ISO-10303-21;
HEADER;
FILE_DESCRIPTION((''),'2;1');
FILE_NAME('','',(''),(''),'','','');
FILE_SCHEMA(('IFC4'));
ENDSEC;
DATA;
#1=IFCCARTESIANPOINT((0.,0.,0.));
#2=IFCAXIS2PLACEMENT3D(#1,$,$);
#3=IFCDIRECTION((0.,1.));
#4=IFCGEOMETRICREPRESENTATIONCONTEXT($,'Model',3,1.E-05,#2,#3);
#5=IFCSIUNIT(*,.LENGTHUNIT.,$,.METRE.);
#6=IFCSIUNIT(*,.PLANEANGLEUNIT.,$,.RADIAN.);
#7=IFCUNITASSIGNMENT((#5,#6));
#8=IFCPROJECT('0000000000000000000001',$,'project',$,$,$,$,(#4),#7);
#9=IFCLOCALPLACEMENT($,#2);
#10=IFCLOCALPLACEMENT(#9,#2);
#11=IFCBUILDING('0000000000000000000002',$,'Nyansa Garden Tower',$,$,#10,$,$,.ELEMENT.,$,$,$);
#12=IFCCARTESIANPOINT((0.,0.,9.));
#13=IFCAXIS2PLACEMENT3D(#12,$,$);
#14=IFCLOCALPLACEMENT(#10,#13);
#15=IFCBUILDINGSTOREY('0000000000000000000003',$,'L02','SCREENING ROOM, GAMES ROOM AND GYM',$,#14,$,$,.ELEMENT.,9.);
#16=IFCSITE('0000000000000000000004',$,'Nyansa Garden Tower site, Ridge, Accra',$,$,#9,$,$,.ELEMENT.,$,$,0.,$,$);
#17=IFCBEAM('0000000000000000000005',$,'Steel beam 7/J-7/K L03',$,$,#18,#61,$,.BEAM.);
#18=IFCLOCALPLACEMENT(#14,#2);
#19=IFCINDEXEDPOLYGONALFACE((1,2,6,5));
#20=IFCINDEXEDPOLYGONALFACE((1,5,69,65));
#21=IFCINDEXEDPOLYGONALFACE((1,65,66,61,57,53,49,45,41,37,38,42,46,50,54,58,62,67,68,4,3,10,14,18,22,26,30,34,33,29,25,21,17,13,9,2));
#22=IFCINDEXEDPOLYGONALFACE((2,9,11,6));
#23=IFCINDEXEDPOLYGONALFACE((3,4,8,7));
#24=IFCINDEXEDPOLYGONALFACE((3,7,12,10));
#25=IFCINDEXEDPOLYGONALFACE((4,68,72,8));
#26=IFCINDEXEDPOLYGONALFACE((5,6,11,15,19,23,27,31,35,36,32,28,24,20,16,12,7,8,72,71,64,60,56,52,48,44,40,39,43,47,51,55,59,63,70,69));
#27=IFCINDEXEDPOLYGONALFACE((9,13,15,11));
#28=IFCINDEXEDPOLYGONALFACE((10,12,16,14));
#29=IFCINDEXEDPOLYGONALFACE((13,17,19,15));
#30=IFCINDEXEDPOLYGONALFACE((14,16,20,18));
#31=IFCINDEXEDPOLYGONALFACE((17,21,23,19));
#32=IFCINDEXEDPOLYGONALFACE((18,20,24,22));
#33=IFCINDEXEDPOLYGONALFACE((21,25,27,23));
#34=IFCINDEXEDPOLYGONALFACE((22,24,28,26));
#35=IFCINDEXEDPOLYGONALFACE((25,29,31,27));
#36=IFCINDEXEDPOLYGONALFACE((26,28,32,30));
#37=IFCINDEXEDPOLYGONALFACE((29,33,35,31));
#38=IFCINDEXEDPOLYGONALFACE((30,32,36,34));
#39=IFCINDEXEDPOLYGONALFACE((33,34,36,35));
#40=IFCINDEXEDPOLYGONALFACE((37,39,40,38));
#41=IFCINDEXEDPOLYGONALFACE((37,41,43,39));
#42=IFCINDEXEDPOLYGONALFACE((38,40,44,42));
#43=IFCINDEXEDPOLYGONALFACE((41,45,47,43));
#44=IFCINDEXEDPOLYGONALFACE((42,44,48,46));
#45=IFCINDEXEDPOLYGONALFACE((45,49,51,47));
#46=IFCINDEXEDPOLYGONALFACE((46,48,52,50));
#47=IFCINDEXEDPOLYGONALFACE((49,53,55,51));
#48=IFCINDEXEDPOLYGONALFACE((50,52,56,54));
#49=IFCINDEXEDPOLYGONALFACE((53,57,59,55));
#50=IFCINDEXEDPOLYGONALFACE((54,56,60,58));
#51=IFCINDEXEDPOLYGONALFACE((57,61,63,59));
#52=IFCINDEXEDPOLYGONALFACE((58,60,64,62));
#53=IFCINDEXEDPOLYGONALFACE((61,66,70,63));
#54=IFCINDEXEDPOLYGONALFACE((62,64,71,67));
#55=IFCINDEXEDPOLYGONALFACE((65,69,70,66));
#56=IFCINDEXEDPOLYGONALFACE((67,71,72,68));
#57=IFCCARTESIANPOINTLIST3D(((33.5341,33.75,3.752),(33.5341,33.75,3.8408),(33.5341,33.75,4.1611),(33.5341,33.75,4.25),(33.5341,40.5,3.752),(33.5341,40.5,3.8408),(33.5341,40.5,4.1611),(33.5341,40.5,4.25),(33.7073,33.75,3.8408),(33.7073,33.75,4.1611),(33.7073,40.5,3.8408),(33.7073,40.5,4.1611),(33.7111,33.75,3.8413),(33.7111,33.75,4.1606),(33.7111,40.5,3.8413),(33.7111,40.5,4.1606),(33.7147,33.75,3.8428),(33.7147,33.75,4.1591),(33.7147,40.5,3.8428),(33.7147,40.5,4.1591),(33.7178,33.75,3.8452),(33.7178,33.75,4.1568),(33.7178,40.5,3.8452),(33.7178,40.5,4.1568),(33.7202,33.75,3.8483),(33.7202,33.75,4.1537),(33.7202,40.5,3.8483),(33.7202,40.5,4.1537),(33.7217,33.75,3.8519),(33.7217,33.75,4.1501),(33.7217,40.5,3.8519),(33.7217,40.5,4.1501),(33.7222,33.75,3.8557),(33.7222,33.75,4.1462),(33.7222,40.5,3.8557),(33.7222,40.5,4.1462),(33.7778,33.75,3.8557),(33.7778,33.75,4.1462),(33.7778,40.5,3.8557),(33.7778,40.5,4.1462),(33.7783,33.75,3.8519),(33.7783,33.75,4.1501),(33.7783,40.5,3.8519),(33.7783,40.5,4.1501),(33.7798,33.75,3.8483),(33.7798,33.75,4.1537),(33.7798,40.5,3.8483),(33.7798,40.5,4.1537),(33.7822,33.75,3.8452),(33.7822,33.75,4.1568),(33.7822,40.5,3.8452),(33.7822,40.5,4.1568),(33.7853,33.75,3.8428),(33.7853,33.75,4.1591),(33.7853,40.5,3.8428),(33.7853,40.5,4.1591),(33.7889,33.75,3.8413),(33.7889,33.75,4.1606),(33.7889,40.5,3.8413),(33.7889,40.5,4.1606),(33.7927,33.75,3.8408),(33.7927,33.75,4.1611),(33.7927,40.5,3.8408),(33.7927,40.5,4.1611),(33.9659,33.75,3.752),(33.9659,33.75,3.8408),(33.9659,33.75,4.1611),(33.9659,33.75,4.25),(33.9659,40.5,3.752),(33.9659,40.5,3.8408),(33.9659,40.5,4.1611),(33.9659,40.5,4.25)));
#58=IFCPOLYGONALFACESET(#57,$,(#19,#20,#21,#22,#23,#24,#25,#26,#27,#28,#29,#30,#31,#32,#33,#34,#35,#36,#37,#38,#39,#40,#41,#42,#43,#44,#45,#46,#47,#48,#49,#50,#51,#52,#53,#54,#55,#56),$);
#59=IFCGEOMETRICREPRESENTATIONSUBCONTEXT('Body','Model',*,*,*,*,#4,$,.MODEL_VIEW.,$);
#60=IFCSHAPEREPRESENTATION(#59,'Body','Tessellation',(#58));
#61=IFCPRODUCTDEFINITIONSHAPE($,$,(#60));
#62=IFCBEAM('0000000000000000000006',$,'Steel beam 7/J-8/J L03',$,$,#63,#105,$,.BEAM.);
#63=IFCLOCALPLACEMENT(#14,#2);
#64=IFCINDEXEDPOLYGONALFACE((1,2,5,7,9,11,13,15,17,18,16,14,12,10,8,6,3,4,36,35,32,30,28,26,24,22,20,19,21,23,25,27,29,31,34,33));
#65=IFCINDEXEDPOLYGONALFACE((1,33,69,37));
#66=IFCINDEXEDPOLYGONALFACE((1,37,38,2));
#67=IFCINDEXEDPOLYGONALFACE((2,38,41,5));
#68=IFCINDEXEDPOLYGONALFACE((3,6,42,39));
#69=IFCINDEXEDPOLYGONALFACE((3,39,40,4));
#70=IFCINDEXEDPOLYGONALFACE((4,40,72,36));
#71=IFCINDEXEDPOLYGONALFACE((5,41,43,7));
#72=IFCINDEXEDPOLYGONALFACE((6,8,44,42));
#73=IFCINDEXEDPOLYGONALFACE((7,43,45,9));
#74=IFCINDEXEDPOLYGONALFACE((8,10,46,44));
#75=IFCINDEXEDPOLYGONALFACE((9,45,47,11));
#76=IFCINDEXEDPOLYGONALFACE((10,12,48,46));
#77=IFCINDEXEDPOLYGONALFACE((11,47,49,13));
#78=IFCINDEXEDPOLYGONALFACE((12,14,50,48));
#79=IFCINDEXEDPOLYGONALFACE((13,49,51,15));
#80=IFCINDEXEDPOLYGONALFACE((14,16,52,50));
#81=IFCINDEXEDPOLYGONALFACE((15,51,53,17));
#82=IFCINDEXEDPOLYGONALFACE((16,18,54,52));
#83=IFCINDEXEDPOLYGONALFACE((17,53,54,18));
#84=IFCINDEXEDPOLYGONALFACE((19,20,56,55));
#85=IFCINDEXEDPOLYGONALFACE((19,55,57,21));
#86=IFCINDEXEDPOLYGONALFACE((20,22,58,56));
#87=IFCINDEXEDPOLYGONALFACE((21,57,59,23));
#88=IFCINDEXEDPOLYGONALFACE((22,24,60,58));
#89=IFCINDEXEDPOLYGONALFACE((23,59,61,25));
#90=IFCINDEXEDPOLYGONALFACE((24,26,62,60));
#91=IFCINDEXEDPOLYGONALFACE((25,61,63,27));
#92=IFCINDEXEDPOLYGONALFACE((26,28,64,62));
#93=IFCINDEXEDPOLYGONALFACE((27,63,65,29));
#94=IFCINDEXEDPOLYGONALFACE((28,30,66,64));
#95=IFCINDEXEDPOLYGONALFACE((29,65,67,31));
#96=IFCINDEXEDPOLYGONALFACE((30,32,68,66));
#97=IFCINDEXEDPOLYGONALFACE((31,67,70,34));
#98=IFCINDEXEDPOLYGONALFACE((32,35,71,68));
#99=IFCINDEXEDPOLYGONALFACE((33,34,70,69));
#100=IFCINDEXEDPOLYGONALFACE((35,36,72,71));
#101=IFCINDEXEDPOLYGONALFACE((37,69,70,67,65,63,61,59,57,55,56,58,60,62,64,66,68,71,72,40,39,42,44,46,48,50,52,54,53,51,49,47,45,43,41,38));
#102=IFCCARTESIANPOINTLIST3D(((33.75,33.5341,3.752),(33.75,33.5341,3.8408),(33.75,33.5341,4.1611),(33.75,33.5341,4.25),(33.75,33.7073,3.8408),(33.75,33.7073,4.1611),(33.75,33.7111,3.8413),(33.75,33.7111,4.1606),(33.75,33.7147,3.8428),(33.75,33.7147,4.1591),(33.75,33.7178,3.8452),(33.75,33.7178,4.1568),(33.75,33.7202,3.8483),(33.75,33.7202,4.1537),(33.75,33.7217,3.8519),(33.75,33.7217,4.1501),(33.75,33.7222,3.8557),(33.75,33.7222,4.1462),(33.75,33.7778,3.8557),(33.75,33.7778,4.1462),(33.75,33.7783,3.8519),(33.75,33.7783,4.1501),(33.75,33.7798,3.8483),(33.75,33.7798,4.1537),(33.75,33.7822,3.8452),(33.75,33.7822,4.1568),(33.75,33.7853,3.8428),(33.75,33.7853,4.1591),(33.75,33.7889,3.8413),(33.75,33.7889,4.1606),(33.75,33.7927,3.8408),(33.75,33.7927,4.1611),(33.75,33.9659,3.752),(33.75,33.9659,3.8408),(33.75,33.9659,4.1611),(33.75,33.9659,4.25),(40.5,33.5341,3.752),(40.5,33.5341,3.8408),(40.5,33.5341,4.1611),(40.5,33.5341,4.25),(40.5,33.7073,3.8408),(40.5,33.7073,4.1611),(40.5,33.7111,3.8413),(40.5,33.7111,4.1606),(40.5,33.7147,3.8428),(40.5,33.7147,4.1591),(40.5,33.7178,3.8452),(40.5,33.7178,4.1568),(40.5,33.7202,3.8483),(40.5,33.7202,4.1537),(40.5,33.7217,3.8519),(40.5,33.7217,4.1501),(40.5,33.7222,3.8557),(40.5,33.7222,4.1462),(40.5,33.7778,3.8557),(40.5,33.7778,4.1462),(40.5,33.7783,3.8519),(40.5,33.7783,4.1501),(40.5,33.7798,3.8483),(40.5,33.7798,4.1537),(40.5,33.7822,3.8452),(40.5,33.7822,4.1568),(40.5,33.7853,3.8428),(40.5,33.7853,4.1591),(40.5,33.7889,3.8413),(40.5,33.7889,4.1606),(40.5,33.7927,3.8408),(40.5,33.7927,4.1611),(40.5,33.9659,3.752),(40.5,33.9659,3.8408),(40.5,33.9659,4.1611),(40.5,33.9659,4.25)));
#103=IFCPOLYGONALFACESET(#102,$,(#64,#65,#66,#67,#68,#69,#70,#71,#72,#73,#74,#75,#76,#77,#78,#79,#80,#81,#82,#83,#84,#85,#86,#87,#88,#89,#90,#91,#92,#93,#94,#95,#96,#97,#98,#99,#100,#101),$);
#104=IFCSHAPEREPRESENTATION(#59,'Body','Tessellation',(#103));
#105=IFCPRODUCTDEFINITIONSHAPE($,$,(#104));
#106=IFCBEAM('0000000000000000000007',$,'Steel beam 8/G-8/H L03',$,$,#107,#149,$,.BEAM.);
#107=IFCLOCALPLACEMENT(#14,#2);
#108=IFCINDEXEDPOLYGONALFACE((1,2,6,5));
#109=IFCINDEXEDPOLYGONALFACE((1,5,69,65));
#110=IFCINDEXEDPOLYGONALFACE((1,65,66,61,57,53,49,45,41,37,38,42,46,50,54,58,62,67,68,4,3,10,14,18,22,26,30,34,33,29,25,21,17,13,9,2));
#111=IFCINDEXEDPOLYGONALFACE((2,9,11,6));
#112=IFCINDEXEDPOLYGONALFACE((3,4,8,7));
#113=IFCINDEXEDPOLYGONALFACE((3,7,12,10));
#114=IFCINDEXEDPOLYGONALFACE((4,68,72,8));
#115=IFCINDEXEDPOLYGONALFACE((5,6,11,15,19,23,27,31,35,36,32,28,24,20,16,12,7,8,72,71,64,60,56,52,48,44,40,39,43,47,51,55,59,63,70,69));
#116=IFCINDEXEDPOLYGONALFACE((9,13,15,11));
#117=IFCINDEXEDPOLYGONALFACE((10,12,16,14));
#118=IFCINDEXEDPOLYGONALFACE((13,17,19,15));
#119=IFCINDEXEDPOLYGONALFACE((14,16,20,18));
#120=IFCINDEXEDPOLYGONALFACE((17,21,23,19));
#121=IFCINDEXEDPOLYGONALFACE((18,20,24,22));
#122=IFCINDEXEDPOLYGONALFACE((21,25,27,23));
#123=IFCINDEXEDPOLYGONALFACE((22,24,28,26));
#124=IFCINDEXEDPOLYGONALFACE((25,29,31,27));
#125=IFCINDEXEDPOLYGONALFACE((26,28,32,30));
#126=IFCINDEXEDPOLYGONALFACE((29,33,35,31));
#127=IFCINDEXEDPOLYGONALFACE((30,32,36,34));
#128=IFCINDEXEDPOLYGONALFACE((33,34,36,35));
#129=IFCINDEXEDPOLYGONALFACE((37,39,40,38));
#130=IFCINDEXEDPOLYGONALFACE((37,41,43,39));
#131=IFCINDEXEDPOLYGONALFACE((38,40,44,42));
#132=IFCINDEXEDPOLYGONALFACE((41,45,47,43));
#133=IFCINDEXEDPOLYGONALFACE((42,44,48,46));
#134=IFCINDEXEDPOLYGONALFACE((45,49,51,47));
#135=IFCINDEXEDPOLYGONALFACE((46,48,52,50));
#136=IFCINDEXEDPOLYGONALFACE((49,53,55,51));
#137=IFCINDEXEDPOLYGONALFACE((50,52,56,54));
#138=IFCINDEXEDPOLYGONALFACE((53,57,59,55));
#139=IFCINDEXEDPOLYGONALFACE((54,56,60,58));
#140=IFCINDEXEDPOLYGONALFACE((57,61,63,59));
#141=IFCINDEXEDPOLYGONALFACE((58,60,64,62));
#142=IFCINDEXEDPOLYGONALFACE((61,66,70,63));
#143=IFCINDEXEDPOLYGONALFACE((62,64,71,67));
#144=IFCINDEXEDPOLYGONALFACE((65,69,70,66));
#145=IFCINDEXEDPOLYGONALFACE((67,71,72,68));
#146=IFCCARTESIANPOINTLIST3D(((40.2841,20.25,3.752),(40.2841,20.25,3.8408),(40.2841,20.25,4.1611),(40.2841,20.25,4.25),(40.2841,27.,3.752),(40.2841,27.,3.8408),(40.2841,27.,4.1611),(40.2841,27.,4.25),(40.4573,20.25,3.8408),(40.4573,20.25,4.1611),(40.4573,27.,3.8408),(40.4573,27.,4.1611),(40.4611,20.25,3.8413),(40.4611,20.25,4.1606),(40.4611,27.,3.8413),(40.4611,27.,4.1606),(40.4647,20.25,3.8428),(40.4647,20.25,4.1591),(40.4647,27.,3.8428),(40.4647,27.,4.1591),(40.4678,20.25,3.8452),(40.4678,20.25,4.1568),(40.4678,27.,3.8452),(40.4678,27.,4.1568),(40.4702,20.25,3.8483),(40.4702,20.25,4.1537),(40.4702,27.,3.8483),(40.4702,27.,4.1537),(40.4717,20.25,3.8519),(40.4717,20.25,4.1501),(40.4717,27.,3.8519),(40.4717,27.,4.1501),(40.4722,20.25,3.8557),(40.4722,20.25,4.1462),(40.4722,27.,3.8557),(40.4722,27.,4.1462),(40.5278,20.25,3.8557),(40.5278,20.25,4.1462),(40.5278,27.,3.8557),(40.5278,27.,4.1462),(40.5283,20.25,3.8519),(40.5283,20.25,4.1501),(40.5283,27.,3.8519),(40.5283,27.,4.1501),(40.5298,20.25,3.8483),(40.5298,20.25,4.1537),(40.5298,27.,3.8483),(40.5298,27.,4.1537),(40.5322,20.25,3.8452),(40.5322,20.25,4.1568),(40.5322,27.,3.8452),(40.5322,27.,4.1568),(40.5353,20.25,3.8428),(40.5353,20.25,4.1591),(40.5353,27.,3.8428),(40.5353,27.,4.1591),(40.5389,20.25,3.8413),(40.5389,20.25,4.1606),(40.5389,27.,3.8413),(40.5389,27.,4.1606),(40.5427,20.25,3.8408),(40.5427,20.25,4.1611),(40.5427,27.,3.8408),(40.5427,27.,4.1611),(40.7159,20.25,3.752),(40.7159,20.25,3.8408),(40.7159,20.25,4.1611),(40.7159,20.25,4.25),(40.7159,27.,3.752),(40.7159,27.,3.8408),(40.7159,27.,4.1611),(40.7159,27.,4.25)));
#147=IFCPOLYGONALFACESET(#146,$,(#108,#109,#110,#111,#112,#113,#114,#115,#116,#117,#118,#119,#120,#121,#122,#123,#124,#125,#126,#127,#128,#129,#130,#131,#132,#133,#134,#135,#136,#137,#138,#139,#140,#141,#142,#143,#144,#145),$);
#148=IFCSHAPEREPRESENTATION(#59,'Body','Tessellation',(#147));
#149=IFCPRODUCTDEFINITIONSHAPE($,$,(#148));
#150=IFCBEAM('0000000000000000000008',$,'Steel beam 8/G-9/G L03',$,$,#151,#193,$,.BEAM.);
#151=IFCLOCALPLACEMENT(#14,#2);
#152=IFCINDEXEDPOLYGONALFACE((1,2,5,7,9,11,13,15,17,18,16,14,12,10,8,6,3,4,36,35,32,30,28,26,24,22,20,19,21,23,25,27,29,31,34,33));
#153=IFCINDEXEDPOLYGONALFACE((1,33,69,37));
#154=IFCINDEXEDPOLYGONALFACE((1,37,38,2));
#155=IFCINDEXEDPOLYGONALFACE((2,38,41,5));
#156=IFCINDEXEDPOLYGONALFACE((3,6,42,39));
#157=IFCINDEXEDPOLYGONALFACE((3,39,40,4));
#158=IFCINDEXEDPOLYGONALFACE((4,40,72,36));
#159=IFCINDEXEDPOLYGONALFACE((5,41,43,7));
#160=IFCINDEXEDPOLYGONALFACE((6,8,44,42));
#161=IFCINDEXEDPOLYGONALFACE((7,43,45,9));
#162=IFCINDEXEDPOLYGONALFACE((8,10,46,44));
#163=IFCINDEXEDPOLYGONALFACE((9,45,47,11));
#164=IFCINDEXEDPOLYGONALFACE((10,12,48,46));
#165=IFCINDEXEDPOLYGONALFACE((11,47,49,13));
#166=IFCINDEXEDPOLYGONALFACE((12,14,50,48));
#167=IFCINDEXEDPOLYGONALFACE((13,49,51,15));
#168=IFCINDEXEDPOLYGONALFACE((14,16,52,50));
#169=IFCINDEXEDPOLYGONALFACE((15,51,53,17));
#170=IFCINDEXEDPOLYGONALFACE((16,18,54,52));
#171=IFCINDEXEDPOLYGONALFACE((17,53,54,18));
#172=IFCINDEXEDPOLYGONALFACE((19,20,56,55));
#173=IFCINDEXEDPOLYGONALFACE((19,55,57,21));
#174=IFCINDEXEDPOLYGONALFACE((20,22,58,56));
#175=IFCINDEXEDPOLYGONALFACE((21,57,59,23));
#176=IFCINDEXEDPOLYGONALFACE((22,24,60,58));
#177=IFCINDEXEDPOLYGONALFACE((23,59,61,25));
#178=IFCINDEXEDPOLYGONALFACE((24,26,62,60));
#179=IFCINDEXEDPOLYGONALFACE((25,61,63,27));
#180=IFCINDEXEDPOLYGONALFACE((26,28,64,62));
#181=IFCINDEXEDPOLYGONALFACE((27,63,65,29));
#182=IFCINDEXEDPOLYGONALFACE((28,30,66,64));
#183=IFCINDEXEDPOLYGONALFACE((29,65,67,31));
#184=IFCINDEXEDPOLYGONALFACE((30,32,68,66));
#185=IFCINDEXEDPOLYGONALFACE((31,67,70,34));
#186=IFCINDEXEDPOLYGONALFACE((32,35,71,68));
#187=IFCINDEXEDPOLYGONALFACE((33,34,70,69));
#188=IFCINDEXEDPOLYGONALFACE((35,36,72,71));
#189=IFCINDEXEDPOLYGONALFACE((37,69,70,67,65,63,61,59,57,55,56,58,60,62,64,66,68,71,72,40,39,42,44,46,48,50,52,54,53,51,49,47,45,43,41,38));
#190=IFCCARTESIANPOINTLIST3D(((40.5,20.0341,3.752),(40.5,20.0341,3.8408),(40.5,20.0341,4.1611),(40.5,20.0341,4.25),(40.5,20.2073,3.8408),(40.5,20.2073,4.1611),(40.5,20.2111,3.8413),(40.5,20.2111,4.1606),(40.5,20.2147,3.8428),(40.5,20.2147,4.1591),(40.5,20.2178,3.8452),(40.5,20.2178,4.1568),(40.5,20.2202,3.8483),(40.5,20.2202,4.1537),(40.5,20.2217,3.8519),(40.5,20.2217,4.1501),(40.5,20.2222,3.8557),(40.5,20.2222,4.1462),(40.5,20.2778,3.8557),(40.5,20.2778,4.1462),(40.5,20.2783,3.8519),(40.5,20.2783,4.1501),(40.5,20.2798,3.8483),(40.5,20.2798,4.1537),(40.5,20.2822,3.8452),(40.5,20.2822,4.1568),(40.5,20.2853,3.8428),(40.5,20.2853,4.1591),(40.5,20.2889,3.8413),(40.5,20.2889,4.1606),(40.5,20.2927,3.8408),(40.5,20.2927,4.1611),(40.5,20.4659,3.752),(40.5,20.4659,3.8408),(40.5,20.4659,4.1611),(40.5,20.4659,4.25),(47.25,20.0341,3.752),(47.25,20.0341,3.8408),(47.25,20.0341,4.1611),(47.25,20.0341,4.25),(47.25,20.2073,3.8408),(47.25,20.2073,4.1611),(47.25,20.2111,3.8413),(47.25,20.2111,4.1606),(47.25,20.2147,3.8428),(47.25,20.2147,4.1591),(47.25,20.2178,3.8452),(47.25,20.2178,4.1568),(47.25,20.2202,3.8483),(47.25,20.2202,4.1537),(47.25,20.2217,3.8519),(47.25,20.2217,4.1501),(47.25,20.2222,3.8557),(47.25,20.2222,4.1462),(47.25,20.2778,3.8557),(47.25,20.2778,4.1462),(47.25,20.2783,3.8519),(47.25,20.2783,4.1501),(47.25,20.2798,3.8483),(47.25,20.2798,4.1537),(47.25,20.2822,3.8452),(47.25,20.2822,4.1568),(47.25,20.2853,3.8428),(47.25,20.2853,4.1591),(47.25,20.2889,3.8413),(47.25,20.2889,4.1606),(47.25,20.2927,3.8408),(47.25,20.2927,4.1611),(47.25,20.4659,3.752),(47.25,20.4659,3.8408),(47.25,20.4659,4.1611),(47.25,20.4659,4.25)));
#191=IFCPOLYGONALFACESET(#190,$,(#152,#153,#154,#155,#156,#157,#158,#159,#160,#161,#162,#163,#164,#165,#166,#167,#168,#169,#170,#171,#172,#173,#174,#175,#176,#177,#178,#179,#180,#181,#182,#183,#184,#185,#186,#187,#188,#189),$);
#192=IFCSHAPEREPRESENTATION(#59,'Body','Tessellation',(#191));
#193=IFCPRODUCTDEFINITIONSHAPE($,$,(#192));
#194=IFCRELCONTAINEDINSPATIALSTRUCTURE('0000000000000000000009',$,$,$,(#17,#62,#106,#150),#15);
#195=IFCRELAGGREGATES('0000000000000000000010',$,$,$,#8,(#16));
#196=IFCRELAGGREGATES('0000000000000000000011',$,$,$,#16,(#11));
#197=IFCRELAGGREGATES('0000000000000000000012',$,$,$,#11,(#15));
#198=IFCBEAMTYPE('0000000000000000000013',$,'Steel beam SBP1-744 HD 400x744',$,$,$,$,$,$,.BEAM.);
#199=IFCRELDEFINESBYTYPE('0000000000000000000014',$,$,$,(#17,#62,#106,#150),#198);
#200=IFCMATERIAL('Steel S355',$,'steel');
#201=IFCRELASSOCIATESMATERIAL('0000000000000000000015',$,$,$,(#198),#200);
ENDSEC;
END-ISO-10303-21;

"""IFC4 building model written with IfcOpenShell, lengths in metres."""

from ifc_helpers import new_model, si_unit, direction, frame, origin, origin_2d, place, context, subcontext, project, spatial, i_section, extrude, material, material_profile, profile_set, type_object, element, save


model = new_model("IFC4")

# Units and contexts
model_context = context("Model", 3, precision=1e-05, world=origin(), true_north=direction((0.0, 1.0)))
body_context = subcontext(model_context, "Body", "Model", "MODEL_VIEW")
ifc_project = project(units=[si_unit("LENGTHUNIT", "METRE"), si_unit("PLANEANGLEUNIT", "RADIAN")], contexts=[model_context])

# Site, building, storey
site_placement = place(None, origin())
site = spatial("IfcSite", under=ifc_project, at=site_placement, Name="Nyansa Garden Tower site, Ridge, Accra", CompositionType="ELEMENT", RefElevation=0.0)
building_placement = place(site_placement, origin())
building = spatial("IfcBuilding", under=site, at=building_placement, Name="Nyansa Garden Tower", CompositionType="ELEMENT")
storey_placement = place(building_placement, frame((0.0, 0.0, 9.0)))
storey = spatial("IfcBuildingStorey", under=building, at=storey_placement, Name="L02", Description="SCREENING ROOM, GAMES ROOM AND GYM", CompositionType="ELEMENT", Elevation=9.0)

# Beams
ifc_material_1 = material(Name="Steel S355", Category="steel")
ifc_material_profile_1 = material_profile(ifc_material_1, i_section(OverallWidth=0.4319, OverallDepth=0.498, WebThickness=0.0557, FlangeThickness=0.0889, FilletRadius=0.0149, at=origin_2d()), Name="HD 400x744")
ifc_profile_set_1 = profile_set([ifc_material_profile_1], Name="Steel S355")
beam_type_1 = type_object("IfcBeamType", Name="Steel beam SBP1-744 HD 400x744", PredefinedType="BEAM", material=ifc_profile_set_1)
for number, where, z_axis, x_axis, name in (
    (1, (33.75, 33.75, 4.001), (0.0, 1.0, 0.0), (-1.0, 0.0, 0.0), "Steel beam 7/J-7/K L03"),
    (2, (33.75, 33.75, 4.001), (1.0, 0.0, 0.0), (0.0, 1.0, 0.0), "Steel beam 7/J-8/J L03"),
    (3, (40.5, 20.25, 4.001), (0.0, 1.0, 0.0), (-1.0, 0.0, 0.0), "Steel beam 8/G-8/H L03"),
    (4, (40.5, 20.25, 4.001), (1.0, 0.0, 0.0), (0.0, 1.0, 0.0), "Steel beam 8/G-9/G L03"),
):
    element("IfcBeam", number, at=place(storey_placement, frame(where, z_axis=z_axis, x_axis=x_axis)), inside=storey, type_object=beam_type_1, Name=name, PredefinedType="BEAM", context=body_context, shape_type="SweptSolid", body=[
        extrude(i_section(OverallWidth=0.4319, OverallDepth=0.498, WebThickness=0.0557, FlangeThickness=0.0889, FilletRadius=0.0149, at=origin_2d()), origin(), (0.0, 0.0, 1.0), 6.75),
    ])

save(model, "model.ifc")
